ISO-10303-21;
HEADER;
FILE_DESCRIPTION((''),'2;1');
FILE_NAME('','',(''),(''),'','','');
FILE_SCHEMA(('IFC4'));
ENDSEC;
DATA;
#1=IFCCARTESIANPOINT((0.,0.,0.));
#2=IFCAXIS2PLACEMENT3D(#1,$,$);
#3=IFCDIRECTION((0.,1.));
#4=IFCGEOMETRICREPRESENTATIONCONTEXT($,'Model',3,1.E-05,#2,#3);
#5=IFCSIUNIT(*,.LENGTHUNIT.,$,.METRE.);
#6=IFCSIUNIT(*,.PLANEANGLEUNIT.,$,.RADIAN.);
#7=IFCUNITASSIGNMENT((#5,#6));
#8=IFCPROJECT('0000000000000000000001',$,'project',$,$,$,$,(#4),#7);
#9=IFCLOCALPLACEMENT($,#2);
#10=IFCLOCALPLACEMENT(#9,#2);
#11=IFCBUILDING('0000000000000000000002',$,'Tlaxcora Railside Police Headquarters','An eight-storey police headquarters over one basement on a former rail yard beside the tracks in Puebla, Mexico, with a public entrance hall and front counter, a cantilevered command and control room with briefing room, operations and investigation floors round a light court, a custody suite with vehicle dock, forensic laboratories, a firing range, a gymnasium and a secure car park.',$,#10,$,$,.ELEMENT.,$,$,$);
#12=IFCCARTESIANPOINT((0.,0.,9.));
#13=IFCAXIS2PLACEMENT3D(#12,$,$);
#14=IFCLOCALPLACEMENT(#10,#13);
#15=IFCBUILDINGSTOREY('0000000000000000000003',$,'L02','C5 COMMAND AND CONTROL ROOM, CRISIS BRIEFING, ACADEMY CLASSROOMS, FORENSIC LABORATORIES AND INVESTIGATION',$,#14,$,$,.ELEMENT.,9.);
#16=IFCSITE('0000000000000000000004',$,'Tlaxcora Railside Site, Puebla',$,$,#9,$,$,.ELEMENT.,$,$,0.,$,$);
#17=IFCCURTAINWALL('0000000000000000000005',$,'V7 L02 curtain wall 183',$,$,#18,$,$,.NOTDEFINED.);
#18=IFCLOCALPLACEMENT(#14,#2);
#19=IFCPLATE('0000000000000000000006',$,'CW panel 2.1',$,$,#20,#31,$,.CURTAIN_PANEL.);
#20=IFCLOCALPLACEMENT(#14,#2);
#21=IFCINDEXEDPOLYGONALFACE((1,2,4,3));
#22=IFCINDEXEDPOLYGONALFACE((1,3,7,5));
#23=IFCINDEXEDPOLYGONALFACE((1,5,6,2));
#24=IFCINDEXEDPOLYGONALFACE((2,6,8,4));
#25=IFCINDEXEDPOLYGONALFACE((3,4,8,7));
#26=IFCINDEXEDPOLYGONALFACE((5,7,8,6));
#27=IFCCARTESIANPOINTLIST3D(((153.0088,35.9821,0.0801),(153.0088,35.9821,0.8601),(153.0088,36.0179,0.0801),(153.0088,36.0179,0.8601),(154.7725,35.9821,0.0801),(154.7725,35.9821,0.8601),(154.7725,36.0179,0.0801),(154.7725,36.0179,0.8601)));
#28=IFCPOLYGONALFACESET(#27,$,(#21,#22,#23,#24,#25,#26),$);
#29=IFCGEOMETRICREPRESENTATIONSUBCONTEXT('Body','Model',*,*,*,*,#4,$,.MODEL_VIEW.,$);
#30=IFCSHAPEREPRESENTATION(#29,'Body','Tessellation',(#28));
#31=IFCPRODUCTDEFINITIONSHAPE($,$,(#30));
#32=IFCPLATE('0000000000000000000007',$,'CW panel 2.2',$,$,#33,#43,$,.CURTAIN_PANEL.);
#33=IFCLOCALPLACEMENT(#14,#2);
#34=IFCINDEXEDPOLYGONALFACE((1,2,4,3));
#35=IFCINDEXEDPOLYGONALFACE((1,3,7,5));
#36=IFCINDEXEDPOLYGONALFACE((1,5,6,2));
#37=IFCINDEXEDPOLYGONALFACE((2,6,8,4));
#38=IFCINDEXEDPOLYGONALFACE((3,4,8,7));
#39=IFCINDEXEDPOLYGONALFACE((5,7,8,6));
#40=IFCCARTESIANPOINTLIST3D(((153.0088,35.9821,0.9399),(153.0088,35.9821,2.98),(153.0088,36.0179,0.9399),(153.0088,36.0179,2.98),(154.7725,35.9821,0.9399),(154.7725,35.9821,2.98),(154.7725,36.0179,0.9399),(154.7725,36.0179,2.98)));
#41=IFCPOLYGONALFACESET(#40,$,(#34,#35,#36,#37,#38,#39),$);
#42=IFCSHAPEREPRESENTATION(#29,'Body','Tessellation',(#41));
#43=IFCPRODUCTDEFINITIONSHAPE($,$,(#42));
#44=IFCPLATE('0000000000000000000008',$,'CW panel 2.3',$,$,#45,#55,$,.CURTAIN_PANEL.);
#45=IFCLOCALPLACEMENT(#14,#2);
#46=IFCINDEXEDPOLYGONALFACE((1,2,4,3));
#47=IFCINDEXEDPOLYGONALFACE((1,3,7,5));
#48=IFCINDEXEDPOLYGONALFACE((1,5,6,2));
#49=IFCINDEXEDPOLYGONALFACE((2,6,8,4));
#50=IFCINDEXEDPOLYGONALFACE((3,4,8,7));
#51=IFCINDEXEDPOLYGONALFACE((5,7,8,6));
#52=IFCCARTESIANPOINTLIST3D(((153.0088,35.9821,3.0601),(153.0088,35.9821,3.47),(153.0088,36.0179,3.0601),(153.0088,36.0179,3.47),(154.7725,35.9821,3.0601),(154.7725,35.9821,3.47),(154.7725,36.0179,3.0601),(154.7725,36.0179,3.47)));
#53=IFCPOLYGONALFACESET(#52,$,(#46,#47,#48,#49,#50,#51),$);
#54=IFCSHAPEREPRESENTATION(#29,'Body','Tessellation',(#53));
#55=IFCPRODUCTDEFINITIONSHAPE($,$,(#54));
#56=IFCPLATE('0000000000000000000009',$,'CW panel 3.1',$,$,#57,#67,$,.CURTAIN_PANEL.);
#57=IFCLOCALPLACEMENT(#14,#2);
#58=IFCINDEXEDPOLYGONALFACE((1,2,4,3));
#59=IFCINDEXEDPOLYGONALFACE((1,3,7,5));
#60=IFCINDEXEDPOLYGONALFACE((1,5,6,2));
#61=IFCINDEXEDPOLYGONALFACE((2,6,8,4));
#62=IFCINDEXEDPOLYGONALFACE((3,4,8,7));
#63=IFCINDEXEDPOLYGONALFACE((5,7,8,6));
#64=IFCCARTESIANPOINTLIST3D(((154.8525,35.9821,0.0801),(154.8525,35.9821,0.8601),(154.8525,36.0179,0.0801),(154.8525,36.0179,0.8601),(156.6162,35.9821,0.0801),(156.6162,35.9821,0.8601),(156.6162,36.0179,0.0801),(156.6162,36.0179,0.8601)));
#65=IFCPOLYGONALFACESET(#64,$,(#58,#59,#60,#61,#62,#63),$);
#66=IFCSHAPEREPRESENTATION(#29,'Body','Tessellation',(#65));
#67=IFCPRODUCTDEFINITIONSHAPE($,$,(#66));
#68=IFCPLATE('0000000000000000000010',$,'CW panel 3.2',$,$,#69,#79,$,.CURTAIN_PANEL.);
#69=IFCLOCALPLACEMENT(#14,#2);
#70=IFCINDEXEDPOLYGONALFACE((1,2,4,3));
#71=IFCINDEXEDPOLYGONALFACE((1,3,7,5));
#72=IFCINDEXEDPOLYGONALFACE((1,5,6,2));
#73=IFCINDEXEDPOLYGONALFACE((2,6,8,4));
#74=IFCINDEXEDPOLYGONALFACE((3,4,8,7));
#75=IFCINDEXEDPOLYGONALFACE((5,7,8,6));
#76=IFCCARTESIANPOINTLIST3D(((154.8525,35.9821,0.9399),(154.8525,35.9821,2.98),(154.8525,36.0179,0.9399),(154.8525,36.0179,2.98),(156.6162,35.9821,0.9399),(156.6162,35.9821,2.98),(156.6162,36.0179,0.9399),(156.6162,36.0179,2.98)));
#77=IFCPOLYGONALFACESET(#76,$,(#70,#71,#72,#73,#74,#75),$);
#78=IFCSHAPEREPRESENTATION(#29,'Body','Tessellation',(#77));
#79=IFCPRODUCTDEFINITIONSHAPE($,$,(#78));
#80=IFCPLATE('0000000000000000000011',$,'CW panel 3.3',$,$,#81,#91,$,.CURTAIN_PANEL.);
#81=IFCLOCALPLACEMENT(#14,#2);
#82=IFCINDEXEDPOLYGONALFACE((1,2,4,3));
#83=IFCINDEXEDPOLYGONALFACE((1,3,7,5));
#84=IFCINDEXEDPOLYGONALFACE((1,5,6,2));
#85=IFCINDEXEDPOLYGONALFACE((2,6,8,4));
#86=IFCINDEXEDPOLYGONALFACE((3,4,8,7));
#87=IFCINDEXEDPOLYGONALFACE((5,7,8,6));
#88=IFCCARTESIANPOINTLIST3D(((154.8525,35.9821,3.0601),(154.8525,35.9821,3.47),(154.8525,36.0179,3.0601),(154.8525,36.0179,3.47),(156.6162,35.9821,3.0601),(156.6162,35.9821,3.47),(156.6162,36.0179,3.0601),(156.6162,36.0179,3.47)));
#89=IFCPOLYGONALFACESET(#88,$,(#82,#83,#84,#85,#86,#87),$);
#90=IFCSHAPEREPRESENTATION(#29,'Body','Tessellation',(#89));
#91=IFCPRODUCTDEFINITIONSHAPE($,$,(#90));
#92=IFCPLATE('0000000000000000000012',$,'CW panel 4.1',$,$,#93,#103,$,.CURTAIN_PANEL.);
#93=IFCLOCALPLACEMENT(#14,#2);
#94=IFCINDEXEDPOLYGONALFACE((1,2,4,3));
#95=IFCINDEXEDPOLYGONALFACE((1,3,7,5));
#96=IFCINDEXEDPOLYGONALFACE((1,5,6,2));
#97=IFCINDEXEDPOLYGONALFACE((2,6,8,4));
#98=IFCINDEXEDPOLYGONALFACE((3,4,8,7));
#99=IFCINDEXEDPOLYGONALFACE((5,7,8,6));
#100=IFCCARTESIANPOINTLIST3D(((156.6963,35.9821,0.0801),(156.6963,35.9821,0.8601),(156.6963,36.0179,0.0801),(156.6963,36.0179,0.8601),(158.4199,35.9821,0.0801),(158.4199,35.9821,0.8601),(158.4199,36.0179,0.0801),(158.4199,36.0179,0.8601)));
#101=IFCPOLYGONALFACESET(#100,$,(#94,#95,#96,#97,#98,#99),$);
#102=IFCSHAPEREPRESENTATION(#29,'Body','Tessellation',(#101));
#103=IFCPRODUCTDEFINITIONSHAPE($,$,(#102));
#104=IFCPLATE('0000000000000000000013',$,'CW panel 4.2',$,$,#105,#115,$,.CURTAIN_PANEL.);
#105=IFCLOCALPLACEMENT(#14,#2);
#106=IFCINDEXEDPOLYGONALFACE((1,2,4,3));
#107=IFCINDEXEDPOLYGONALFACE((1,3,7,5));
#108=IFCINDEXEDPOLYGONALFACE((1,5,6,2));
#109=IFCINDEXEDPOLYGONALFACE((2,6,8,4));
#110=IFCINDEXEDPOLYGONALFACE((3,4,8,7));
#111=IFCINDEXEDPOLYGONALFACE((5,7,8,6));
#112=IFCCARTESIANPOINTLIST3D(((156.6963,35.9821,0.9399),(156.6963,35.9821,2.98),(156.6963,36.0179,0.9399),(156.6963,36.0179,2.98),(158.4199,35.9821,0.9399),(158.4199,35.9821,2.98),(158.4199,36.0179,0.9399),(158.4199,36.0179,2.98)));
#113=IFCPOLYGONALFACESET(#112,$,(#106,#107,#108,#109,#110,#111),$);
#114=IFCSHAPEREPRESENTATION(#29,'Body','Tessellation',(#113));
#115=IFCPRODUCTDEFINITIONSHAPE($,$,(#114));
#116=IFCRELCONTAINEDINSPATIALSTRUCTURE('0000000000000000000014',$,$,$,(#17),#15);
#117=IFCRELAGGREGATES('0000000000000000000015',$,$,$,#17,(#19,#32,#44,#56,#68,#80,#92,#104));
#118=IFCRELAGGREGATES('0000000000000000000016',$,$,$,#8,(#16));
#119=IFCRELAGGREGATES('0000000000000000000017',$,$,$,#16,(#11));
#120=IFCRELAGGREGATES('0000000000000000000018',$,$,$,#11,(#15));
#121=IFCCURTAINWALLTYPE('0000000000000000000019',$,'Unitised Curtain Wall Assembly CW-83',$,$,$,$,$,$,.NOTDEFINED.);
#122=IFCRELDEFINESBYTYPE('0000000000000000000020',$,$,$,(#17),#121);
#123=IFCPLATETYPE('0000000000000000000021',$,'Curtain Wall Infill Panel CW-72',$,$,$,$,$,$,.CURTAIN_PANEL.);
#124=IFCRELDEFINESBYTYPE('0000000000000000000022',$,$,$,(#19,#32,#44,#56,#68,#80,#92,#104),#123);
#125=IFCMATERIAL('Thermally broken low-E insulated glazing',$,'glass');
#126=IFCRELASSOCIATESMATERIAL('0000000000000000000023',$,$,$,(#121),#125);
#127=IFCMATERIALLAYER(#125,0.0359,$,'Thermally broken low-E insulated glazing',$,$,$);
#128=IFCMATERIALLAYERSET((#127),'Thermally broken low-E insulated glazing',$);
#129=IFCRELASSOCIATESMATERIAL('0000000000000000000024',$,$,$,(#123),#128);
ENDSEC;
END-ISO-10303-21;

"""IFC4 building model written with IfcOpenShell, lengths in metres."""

from ifc_helpers import new_model, si_unit, direction, frame, origin, origin_2d, place, context, subcontext, project, spatial, rectangle, extrude, material, layer, layer_set, type_object, element, aggregate, save


model = new_model("IFC4")

# Units and contexts
model_context = context("Model", 3, precision=1e-05, world=origin(), true_north=direction((0.0, 1.0)))
body_context = subcontext(model_context, "Body", "Model", "MODEL_VIEW")
ifc_project = project(units=[si_unit("LENGTHUNIT", "METRE"), si_unit("PLANEANGLEUNIT", "RADIAN")], contexts=[model_context])

# Site, building, storey
site_placement = place(None, origin())
site = spatial("IfcSite", under=ifc_project, at=site_placement, Name="Tlaxcora Railside Site, Puebla", CompositionType="ELEMENT", RefElevation=0.0)
building_placement = place(site_placement, origin())
building = spatial("IfcBuilding", under=site, at=building_placement, Name="Tlaxcora Railside Police Headquarters", Description="An eight-storey police headquarters over one basement on a former rail yard beside the tracks in Puebla, Mexico, with a public entrance hall and front counter, a cantilevered command and control room with briefing room, operations and investigation floors round a light court, a custody suite with vehicle dock, forensic laboratories, a firing range, a gymnasium and a secure car park.", CompositionType="ELEMENT")
storey_placement = place(building_placement, frame((0.0, 0.0, 9.0)))
storey = spatial("IfcBuildingStorey", under=building, at=storey_placement, Name="L02", Description="C5 COMMAND AND CONTROL ROOM, CRISIS BRIEFING, ACADEMY CLASSROOMS, FORENSIC LABORATORIES AND INVESTIGATION", CompositionType="ELEMENT", Elevation=9.0)

# Curtain wall, plates
ifc_material_1 = material(Name="Thermally broken low-E insulated glazing", Category="glass")
curtain_wall_type = type_object("IfcCurtainWallType", Name="Unitised Curtain Wall Assembly CW-83", PredefinedType="NOTDEFINED", material=ifc_material_1)
curtain_wall_placement = place(storey_placement, origin())
curtain_wall = element("IfcCurtainWall", 1, at=curtain_wall_placement, inside=storey, type_object=curtain_wall_type, Name="V7 L02 curtain wall 183", PredefinedType="NOTDEFINED")
ifc_layer = layer(ifc_material_1, 0.0359, Name="Thermally broken low-E insulated glazing")
ifc_layer_set = layer_set([ifc_layer], Name="Thermally broken low-E insulated glazing")
plate_type = type_object("IfcPlateType", Name="Curtain Wall Infill Panel CW-72", PredefinedType="CURTAIN_PANEL", material=ifc_layer_set)
plate_1_placement = place(storey_placement, frame((153.8906, 36.0, 0.0801), z_axis=(0.0, 0.0, 1.0), x_axis=(1.0, 0.0, 0.0)))
plate_1 = element("IfcPlate", 2, at=plate_1_placement, type_object=plate_type, Name="CW panel 2.1", PredefinedType="CURTAIN_PANEL", context=body_context, shape_type="SweptSolid", body=[
    extrude(rectangle(XDim=1.7637, YDim=0.0359, at=origin_2d()), origin(), (0.0, 0.0, 1.0), 0.78),
])
plate_2_placement = place(storey_placement, frame((153.8906, 36.0, 0.9399), z_axis=(0.0, 0.0, 1.0), x_axis=(1.0, 0.0, 0.0)))
plate_2 = element("IfcPlate", 3, at=plate_2_placement, type_object=plate_type, Name="CW panel 2.2", PredefinedType="CURTAIN_PANEL", context=body_context, shape_type="SweptSolid", body=[
    extrude(rectangle(XDim=1.7637, YDim=0.0359, at=origin_2d()), origin(), (0.0, 0.0, 1.0), 2.04),
])
plate_3_placement = place(storey_placement, frame((153.8906, 36.0, 3.0601), z_axis=(0.0, 0.0, 1.0), x_axis=(1.0, 0.0, 0.0)))
plate_3 = element("IfcPlate", 4, at=plate_3_placement, type_object=plate_type, Name="CW panel 2.3", PredefinedType="CURTAIN_PANEL", context=body_context, shape_type="SweptSolid", body=[
    extrude(rectangle(XDim=1.7637, YDim=0.0359, at=origin_2d()), origin(), (0.0, 0.0, 1.0), 0.4099),
])
plate_4_placement = place(storey_placement, frame((155.7344, 36.0, 0.0801), z_axis=(0.0, 0.0, 1.0), x_axis=(1.0, 0.0, 0.0)))
plate_4 = element("IfcPlate", 5, at=plate_4_placement, type_object=plate_type, Name="CW panel 3.1", PredefinedType="CURTAIN_PANEL", context=body_context, shape_type="SweptSolid", body=[
    extrude(rectangle(XDim=1.7637, YDim=0.0359, at=origin_2d()), origin(), (0.0, 0.0, 1.0), 0.78),
])
plate_5_placement = place(storey_placement, frame((155.7344, 36.0, 0.9399), z_axis=(0.0, 0.0, 1.0), x_axis=(1.0, 0.0, 0.0)))
plate_5 = element("IfcPlate", 6, at=plate_5_placement, type_object=plate_type, Name="CW panel 3.2", PredefinedType="CURTAIN_PANEL", context=body_context, shape_type="SweptSolid", body=[
    extrude(rectangle(XDim=1.7637, YDim=0.0359, at=origin_2d()), origin(), (0.0, 0.0, 1.0), 2.04),
])
plate_6_placement = place(storey_placement, frame((155.7344, 36.0, 3.0601), z_axis=(0.0, 0.0, 1.0), x_axis=(1.0, 0.0, 0.0)))
plate_6 = element("IfcPlate", 7, at=plate_6_placement, type_object=plate_type, Name="CW panel 3.3", PredefinedType="CURTAIN_PANEL", context=body_context, shape_type="SweptSolid", body=[
    extrude(rectangle(XDim=1.7637, YDim=0.0359, at=origin_2d()), origin(), (0.0, 0.0, 1.0), 0.4099),
])
plate_7_placement = place(storey_placement, frame((157.5581, 36.0, 0.0801), z_axis=(0.0, 0.0, 1.0), x_axis=(1.0, 0.0, 0.0)))
plate_7 = element("IfcPlate", 8, at=plate_7_placement, type_object=plate_type, Name="CW panel 4.1", PredefinedType="CURTAIN_PANEL", context=body_context, shape_type="SweptSolid", body=[
    extrude(rectangle(XDim=1.7236, YDim=0.0359, at=origin_2d()), origin(), (0.0, 0.0, 1.0), 0.78),
])
plate_8_placement = place(storey_placement, frame((157.5581, 36.0, 0.9399), z_axis=(0.0, 0.0, 1.0), x_axis=(1.0, 0.0, 0.0)))
plate_8 = element("IfcPlate", 9, at=plate_8_placement, type_object=plate_type, Name="CW panel 4.2", PredefinedType="CURTAIN_PANEL", context=body_context, shape_type="SweptSolid", body=[
    extrude(rectangle(XDim=1.7236, YDim=0.0359, at=origin_2d()), origin(), (0.0, 0.0, 1.0), 2.04),
])
aggregate(curtain_wall, [plate_1, plate_2, plate_3, plate_4, plate_5, plate_6, plate_7, plate_8])

save(model, "model.ifc")
